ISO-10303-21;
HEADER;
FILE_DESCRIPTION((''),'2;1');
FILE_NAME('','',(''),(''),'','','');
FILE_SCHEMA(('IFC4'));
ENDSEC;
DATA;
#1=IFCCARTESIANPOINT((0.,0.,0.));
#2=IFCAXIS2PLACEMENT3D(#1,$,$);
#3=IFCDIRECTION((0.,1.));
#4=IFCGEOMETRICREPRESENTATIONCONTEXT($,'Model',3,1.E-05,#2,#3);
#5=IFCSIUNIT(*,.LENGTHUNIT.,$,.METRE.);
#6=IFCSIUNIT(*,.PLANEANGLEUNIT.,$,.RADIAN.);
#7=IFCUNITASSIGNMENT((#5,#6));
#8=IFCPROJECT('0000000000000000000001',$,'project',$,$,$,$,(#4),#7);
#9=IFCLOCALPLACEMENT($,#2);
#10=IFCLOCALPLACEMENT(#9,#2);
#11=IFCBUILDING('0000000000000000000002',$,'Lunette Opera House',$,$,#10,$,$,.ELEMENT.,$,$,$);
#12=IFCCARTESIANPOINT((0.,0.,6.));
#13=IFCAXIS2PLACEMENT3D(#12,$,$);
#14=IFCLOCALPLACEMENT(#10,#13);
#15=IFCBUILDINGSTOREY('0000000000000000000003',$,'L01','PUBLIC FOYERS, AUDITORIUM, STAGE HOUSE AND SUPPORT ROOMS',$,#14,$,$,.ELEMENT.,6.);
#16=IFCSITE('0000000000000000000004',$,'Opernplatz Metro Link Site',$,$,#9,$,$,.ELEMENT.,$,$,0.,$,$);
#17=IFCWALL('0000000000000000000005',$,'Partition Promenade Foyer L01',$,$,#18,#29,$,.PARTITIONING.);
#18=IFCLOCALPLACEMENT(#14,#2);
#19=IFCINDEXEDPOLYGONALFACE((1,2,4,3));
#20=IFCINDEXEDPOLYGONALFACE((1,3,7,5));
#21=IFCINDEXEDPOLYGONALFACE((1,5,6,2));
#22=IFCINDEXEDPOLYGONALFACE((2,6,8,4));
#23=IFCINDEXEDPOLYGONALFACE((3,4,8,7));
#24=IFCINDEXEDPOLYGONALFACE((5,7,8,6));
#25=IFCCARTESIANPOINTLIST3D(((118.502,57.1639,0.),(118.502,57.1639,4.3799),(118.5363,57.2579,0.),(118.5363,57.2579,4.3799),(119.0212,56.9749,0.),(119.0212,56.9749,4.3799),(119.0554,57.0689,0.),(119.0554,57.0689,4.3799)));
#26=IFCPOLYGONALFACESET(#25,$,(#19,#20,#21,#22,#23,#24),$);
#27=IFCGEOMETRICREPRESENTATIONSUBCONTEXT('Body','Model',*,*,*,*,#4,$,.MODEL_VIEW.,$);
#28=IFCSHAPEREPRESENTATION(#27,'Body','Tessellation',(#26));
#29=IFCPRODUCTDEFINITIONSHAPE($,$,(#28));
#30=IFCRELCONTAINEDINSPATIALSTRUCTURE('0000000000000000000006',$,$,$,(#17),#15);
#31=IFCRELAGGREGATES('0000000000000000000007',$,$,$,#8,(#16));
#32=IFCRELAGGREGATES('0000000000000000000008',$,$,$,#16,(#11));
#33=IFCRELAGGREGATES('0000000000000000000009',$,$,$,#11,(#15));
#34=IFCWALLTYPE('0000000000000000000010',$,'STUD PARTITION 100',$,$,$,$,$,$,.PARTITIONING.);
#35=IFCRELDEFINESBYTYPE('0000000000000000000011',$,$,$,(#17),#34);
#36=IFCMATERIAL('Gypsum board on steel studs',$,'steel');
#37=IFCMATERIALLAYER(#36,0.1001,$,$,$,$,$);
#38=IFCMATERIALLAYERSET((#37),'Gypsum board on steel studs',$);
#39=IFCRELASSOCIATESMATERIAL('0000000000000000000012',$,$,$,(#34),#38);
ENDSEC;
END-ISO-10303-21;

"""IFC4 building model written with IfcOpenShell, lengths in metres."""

from ifc_helpers import new_model, si_unit, direction, frame, frame_2d, origin, place, context, subcontext, project, spatial, rectangle, extrude, material, layer, layer_set, type_object, element, save


model = new_model("IFC4")

# Units and contexts
model_context = context("Model", 3, precision=1e-05, world=origin(), true_north=direction((0.0, 1.0)))
body_context = subcontext(model_context, "Body", "Model", "MODEL_VIEW")
ifc_project = project(units=[si_unit("LENGTHUNIT", "METRE"), si_unit("PLANEANGLEUNIT", "RADIAN")], contexts=[model_context])

# Site, building, storey
site_placement = place(None, origin())
site = spatial("IfcSite", under=ifc_project, at=site_placement, Name="Opernplatz Metro Link Site", CompositionType="ELEMENT", RefElevation=0.0)
building_placement = place(site_placement, origin())
building = spatial("IfcBuilding", under=site, at=building_placement, Name="Lunette Opera House", CompositionType="ELEMENT")
storey_placement = place(building_placement, frame((0.0, 0.0, 6.0)))
storey = spatial("IfcBuildingStorey", under=building, at=storey_placement, Name="L01", Description="PUBLIC FOYERS, AUDITORIUM, STAGE HOUSE AND SUPPORT ROOMS", CompositionType="ELEMENT", Elevation=6.0)

# Shared definitions
ifc_material_1 = material(Name="Gypsum board on steel studs", Category="steel")
ifc_layer = layer(ifc_material_1, 0.1001)
ifc_layer_set = layer_set([ifc_layer], Name="Gypsum board on steel studs")
wall_type = type_object("IfcWallType", Name="STUD PARTITION 100", PredefinedType="PARTITIONING", material=ifc_layer_set)

# Wall
wall_1_placement = place(storey_placement, frame((118.519, 57.2109, 0.0), z_axis=(0.0, 0.0, 1.0), x_axis=(0.939664, -0.342098, 0.0)))
element("IfcWall", 1, at=wall_1_placement, inside=storey, type_object=wall_type, Name="Partition Promenade Foyer L01", PredefinedType="PARTITIONING", context=body_context, shape_type="SweptSolid", body=[
    extrude(rectangle(XDim=0.5525, YDim=0.1001, at=frame_2d((0.2764, 0.0))), origin(), (0.0, 0.0, 1.0), 4.3799),
])

save(model, "model.ifc")
